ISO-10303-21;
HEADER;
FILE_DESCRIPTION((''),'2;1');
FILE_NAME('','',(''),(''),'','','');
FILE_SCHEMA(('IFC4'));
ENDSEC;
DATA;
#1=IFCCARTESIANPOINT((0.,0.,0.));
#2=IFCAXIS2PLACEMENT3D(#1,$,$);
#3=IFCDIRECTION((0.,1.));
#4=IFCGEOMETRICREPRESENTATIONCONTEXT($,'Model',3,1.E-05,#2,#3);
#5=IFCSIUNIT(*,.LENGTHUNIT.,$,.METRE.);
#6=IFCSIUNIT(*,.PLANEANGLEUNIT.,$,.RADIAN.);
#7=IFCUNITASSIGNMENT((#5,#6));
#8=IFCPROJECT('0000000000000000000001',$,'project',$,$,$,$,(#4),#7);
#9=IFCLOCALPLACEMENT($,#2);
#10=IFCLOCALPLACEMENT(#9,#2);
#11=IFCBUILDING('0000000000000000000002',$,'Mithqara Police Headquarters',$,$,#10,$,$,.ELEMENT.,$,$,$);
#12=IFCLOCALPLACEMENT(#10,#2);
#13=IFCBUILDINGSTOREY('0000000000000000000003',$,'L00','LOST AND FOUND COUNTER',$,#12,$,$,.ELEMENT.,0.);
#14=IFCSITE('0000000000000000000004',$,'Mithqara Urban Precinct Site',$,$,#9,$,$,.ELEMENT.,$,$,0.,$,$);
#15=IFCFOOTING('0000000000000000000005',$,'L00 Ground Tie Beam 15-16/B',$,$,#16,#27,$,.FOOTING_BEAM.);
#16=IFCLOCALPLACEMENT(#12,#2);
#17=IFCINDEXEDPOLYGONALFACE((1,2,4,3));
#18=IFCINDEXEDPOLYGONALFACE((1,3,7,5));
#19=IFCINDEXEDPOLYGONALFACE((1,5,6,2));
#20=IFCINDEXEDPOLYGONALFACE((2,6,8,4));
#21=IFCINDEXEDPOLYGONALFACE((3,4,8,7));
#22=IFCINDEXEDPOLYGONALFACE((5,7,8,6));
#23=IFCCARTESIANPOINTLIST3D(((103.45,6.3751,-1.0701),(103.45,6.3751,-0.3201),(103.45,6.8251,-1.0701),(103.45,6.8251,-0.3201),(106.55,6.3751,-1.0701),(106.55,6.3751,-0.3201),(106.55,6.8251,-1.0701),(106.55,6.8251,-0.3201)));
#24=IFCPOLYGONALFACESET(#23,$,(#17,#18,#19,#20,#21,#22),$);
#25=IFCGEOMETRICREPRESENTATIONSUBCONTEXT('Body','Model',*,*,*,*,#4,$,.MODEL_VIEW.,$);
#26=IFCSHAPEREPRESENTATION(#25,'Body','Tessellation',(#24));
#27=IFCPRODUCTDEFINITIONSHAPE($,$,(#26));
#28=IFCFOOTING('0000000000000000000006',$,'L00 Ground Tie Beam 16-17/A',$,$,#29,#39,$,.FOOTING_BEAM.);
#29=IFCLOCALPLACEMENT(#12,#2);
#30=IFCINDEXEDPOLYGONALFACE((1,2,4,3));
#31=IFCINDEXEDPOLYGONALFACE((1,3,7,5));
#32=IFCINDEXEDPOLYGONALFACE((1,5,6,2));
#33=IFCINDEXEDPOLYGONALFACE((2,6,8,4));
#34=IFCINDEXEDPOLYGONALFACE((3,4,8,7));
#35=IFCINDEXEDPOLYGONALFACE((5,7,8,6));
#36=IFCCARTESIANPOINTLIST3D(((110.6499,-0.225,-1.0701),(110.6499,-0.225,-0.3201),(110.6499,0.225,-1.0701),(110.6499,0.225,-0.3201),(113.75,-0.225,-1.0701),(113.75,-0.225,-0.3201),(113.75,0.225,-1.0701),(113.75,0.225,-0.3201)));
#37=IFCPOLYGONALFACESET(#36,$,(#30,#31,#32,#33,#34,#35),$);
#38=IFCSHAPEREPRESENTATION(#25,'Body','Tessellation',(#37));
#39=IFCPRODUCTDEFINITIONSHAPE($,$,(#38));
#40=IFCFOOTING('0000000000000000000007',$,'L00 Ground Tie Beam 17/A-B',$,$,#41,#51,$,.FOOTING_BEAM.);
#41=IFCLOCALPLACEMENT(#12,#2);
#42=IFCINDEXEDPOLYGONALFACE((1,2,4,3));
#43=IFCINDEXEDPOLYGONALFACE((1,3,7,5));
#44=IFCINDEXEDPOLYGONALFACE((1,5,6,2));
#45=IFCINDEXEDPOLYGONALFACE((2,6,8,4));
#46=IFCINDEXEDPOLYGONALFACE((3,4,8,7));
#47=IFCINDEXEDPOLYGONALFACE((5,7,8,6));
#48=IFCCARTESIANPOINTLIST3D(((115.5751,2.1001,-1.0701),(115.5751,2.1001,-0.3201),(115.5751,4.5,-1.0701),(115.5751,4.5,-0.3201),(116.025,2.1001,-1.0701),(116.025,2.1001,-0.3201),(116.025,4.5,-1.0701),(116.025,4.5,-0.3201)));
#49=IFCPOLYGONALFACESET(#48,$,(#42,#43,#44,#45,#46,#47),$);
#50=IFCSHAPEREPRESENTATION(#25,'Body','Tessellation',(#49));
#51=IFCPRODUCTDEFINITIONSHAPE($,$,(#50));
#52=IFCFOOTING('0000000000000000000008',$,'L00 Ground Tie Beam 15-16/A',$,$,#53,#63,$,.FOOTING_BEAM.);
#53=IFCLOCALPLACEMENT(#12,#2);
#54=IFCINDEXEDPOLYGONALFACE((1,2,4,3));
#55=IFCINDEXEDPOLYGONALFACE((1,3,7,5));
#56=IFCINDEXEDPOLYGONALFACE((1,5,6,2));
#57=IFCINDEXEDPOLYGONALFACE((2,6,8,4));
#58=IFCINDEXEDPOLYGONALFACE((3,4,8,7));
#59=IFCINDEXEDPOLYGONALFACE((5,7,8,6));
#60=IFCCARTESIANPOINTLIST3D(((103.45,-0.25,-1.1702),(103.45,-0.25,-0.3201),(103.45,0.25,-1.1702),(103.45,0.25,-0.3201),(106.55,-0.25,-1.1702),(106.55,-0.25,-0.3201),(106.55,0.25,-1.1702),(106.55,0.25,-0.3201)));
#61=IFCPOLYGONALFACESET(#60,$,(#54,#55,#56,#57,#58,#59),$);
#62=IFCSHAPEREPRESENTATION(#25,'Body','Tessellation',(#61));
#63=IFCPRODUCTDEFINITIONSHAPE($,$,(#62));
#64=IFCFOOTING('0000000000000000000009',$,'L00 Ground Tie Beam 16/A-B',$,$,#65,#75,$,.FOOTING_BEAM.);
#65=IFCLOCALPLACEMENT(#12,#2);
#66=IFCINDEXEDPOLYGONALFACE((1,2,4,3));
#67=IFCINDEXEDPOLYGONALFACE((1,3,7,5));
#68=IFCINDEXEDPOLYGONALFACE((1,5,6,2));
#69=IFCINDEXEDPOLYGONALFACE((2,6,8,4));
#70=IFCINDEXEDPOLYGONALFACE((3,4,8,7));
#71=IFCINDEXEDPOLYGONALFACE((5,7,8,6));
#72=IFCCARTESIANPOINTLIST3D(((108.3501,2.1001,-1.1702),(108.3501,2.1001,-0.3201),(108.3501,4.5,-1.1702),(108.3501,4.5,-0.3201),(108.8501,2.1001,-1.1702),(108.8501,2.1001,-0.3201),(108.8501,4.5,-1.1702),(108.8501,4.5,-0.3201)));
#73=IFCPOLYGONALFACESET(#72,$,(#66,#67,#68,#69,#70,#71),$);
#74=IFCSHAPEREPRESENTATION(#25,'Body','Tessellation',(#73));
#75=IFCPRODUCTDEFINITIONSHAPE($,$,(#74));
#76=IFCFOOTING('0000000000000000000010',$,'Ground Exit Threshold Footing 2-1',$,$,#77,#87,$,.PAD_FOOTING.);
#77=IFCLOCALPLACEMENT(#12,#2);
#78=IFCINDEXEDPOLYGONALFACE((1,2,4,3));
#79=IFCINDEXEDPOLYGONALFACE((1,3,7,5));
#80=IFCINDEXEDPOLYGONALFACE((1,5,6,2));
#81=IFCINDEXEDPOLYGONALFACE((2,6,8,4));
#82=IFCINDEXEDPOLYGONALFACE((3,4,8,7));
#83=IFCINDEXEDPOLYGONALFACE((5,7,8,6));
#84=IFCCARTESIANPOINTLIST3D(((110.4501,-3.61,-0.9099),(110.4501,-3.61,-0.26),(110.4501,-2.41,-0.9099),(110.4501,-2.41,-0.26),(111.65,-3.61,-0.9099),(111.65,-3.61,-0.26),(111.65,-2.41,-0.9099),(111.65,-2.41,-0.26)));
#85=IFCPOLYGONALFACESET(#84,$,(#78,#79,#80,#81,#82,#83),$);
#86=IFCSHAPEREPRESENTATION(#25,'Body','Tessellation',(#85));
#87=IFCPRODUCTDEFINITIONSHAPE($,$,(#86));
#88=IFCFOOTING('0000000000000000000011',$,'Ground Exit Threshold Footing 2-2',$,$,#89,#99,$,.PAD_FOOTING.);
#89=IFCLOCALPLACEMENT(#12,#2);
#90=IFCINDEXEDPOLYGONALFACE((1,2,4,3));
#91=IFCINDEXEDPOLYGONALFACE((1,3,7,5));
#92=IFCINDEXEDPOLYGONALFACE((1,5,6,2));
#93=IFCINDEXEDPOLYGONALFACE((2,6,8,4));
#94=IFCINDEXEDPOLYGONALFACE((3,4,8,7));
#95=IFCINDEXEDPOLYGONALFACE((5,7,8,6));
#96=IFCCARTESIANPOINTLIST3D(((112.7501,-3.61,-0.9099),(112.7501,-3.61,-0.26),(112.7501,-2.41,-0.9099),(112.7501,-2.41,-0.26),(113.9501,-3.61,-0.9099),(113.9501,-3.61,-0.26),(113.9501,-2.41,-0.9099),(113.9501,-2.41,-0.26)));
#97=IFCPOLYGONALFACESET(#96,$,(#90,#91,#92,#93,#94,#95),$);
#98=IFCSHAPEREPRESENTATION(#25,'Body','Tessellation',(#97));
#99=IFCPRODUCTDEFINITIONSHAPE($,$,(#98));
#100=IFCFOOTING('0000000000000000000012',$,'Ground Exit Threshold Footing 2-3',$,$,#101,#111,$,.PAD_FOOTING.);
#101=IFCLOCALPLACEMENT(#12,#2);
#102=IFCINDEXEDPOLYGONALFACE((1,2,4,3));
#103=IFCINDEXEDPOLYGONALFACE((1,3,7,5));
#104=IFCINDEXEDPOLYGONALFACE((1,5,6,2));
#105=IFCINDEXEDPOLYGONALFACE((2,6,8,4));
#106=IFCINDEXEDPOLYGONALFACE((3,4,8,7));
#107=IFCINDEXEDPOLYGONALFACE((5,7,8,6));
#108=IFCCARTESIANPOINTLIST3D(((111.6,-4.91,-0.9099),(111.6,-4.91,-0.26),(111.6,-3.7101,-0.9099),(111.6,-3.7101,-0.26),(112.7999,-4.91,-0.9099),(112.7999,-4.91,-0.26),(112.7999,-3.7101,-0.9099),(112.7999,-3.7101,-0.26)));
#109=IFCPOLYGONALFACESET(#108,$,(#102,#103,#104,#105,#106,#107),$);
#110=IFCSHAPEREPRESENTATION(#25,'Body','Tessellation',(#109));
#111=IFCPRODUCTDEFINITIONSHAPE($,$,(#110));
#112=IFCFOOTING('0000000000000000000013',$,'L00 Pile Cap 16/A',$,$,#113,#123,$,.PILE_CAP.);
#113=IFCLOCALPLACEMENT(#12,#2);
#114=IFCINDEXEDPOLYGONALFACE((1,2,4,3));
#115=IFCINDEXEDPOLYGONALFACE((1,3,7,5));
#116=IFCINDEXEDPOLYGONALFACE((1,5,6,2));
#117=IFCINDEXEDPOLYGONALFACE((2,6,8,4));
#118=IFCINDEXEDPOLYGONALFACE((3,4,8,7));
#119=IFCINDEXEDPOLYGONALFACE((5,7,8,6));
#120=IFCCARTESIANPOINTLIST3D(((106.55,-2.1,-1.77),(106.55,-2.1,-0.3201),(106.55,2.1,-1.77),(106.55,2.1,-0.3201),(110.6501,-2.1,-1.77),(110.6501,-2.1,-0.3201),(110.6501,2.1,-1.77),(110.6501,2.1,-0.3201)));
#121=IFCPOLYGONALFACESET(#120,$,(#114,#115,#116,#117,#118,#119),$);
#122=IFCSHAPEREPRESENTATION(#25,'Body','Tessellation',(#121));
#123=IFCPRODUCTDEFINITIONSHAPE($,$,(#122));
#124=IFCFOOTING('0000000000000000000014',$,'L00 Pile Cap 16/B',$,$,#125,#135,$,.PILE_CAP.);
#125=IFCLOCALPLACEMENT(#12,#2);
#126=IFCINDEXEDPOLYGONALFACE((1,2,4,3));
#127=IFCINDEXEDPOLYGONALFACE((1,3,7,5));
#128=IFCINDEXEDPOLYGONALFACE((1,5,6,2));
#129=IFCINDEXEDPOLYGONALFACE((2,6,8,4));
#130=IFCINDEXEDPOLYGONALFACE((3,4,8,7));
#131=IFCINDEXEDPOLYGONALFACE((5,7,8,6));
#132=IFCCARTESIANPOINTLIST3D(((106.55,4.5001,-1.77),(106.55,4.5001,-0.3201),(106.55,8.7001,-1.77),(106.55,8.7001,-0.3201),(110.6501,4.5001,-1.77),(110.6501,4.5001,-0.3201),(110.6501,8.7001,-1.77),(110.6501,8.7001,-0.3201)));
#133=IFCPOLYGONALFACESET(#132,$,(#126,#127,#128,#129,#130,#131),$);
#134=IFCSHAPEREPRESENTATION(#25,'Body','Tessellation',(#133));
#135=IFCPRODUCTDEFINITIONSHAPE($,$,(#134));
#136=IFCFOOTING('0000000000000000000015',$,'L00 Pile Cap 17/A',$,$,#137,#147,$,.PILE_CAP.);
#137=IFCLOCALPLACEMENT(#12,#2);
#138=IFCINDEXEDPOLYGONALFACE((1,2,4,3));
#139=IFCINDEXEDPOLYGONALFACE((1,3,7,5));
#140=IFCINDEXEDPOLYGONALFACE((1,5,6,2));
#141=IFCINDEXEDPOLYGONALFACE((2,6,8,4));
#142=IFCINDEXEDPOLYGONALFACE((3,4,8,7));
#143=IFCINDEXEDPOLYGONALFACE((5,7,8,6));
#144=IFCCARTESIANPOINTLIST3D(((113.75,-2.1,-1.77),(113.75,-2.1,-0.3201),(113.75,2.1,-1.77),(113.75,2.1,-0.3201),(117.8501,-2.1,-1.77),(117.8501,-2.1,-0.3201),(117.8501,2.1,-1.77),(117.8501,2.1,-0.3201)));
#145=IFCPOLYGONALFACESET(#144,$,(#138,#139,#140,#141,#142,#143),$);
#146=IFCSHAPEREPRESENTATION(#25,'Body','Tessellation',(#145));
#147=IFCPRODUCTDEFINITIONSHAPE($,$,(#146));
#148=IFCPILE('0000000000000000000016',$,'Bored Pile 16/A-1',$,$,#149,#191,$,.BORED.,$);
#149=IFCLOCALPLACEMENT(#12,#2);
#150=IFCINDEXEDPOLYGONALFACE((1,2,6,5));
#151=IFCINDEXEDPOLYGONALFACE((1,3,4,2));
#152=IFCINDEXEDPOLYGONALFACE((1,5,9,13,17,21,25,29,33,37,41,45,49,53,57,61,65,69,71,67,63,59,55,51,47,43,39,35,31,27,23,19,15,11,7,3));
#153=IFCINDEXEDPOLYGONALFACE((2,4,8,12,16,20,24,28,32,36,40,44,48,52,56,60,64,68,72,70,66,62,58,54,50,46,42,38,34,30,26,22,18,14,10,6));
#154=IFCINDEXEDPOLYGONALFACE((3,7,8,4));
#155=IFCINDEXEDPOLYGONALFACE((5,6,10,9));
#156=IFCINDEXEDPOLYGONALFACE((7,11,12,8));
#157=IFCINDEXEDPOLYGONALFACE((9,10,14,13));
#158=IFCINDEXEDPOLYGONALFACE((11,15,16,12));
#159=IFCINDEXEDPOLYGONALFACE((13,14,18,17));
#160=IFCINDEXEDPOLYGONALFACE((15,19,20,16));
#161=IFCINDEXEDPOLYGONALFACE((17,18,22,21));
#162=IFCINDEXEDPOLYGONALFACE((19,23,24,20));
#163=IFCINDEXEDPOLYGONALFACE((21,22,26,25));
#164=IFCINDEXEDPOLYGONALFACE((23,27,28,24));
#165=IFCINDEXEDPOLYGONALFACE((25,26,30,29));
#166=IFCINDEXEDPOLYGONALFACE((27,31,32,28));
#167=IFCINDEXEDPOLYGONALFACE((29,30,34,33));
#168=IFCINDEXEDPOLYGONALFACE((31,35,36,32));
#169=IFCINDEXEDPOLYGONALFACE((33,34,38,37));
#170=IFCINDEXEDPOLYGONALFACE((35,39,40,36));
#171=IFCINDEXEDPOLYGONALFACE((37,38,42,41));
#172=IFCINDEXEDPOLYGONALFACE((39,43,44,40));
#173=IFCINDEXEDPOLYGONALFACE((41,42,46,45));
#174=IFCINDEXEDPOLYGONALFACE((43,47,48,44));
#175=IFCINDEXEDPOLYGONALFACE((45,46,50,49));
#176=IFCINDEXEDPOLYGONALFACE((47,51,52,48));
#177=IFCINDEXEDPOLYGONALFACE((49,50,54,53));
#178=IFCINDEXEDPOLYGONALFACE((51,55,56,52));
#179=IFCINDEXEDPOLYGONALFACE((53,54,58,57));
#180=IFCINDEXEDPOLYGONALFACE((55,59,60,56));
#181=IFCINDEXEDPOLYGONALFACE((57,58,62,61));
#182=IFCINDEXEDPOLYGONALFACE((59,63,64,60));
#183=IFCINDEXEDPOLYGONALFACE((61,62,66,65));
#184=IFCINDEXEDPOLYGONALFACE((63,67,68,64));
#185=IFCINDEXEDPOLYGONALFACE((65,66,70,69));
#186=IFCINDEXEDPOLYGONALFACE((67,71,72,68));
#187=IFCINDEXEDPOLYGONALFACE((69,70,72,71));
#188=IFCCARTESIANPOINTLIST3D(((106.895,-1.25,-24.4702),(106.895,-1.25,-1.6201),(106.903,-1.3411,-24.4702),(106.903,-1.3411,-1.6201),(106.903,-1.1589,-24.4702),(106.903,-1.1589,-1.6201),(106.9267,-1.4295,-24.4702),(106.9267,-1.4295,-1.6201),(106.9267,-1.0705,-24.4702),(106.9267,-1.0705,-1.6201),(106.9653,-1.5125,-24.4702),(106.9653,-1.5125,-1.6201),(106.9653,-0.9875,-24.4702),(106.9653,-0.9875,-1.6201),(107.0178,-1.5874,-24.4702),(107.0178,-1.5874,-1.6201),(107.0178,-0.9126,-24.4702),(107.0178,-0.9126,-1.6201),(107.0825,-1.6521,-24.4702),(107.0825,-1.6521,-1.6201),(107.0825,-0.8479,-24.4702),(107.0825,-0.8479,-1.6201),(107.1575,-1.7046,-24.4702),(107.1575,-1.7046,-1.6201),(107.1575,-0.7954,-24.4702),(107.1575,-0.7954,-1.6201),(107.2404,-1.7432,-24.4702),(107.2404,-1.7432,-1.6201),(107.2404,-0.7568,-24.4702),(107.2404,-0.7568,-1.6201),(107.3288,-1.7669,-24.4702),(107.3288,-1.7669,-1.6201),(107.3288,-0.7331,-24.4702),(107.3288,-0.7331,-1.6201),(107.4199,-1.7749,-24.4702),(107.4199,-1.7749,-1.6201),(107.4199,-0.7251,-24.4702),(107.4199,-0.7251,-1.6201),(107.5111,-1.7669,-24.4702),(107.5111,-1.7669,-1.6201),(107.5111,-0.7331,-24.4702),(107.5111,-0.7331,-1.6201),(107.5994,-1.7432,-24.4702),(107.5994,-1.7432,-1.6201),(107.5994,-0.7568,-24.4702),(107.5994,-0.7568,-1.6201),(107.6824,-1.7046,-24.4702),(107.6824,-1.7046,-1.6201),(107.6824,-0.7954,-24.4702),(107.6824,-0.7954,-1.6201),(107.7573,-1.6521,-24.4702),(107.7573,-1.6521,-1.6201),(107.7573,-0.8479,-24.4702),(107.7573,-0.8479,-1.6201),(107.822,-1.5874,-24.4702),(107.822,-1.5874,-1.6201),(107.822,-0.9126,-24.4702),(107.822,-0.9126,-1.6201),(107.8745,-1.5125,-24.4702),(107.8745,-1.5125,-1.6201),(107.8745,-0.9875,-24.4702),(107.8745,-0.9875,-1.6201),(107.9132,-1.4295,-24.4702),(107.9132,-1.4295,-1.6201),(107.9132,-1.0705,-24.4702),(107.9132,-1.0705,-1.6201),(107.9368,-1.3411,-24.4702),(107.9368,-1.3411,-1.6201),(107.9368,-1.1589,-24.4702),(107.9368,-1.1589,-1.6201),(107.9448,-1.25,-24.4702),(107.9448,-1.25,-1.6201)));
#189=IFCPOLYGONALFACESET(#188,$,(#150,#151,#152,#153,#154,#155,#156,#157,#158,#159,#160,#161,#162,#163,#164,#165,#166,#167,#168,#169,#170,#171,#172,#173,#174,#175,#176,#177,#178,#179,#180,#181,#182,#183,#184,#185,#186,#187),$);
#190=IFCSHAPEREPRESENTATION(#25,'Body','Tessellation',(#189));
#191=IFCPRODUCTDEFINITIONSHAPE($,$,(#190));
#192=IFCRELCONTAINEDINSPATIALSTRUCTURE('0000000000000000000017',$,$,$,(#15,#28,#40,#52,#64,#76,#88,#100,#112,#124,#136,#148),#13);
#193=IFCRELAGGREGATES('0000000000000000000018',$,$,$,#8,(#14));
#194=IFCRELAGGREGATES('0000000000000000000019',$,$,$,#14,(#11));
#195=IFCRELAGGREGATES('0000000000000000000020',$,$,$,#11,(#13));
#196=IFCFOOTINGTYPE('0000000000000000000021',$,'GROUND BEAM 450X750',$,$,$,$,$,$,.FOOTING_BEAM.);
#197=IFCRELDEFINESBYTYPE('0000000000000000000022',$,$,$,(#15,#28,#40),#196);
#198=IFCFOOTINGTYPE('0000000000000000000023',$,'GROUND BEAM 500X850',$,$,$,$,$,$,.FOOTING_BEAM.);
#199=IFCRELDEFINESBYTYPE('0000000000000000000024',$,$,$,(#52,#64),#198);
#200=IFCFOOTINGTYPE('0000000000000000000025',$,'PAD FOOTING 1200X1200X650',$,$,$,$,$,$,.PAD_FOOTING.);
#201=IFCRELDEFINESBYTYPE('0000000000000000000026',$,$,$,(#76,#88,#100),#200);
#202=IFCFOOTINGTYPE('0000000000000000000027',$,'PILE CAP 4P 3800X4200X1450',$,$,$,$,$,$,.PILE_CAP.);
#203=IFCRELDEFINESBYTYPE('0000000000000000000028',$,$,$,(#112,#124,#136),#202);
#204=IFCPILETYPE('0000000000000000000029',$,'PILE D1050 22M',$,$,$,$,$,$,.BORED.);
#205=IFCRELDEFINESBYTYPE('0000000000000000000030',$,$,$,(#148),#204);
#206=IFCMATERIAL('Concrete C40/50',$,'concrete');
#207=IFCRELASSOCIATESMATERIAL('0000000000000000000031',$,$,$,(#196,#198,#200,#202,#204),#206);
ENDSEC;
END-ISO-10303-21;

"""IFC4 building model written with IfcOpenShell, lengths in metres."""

from ifc_helpers import new_model, si_unit, direction, frame, origin, origin_2d, place, context, subcontext, project, spatial, rectangle, circle, extrude, material, material_profile, profile_set, type_object, element, save


model = new_model("IFC4")

# Units and contexts
model_context = context("Model", 3, precision=1e-05, world=origin(), true_north=direction((0.0, 1.0)))
body_context = subcontext(model_context, "Body", "Model", "MODEL_VIEW")
ifc_project = project(units=[si_unit("LENGTHUNIT", "METRE"), si_unit("PLANEANGLEUNIT", "RADIAN")], contexts=[model_context])

# Site, building, storey
site_placement = place(None, origin())
site = spatial("IfcSite", under=ifc_project, at=site_placement, Name="Mithqara Urban Precinct Site", CompositionType="ELEMENT", RefElevation=0.0)
building_placement = place(site_placement, origin())
building = spatial("IfcBuilding", under=site, at=building_placement, Name="Mithqara Police Headquarters", CompositionType="ELEMENT")
storey_placement = place(building_placement, origin())
storey = spatial("IfcBuildingStorey", under=building, at=storey_placement, Name="L00", Description="LOST AND FOUND COUNTER", CompositionType="ELEMENT", Elevation=0.0)

# Footings
ifc_material_1 = material(Name="Concrete C40/50", Category="concrete")
footing_type_1 = type_object("IfcFootingType", Name="GROUND BEAM 450X750", PredefinedType="FOOTING_BEAM", material=ifc_material_1)
for number, where, z_axis, x_axis, name in (
    (1, (105.0, 6.6001, -1.0701), (0.0, 0.0, 1.0), (1.0, 0.0, 0.0), "L00 Ground Tie Beam 15-16/B"),
    (2, (112.2, 0.0, -1.0701), (0.0, 0.0, 1.0), (1.0, 0.0, 0.0), "L00 Ground Tie Beam 16-17/A"),
):
    element("IfcFooting", number, at=place(storey_placement, frame(where, z_axis=z_axis, x_axis=x_axis)), inside=storey, type_object=footing_type_1, Name=name, PredefinedType="FOOTING_BEAM", context=body_context, shape_type="SweptSolid", body=[
        extrude(rectangle(XDim=3.1001, YDim=0.45, at=origin_2d()), origin(), (0.0, 0.0, 1.0), 0.75),
    ])
footing_1_placement = place(storey_placement, frame((115.8, 3.3, -1.0701), z_axis=(0.0, 0.0, 1.0), x_axis=(1.0, 0.0, 0.0)))
element("IfcFooting", 3, at=footing_1_placement, inside=storey, type_object=footing_type_1, Name="L00 Ground Tie Beam 17/A-B", PredefinedType="FOOTING_BEAM", context=body_context, shape_type="SweptSolid", body=[
    extrude(rectangle(XDim=0.45, YDim=2.3999, at=origin_2d()), origin(), (0.0, 0.0, 1.0), 0.75),
])
footing_type_2 = type_object("IfcFootingType", Name="GROUND BEAM 500X850", PredefinedType="FOOTING_BEAM", material=ifc_material_1)
footing_2_placement = place(storey_placement, frame((105.0, 0.0, -1.1702), z_axis=(0.0, 0.0, 1.0), x_axis=(1.0, 0.0, 0.0)))
element("IfcFooting", 4, at=footing_2_placement, inside=storey, type_object=footing_type_2, Name="L00 Ground Tie Beam 15-16/A", PredefinedType="FOOTING_BEAM", context=body_context, shape_type="SweptSolid", body=[
    extrude(rectangle(XDim=3.1001, YDim=0.5, at=origin_2d()), origin(), (0.0, 0.0, 1.0), 0.8501),
])
footing_3_placement = place(storey_placement, frame((108.6001, 3.3, -1.1702), z_axis=(0.0, 0.0, 1.0), x_axis=(1.0, 0.0, 0.0)))
element("IfcFooting", 5, at=footing_3_placement, inside=storey, type_object=footing_type_2, Name="L00 Ground Tie Beam 16/A-B", PredefinedType="FOOTING_BEAM", context=body_context, shape_type="SweptSolid", body=[
    extrude(rectangle(XDim=0.5, YDim=2.3999, at=origin_2d()), origin(), (0.0, 0.0, 1.0), 0.8501),
])
footing_type_3 = type_object("IfcFootingType", Name="PAD FOOTING 1200X1200X650", PredefinedType="PAD_FOOTING", material=ifc_material_1)
for number, where, z_axis, x_axis, name in (
    (6, (111.05, -3.01, -0.9099), (0.0, 0.0, 1.0), (1.0, 0.0, 0.0), "Ground Exit Threshold Footing 2-1"),
    (7, (113.3501, -3.01, -0.9099), (0.0, 0.0, 1.0), (1.0, 0.0, 0.0), "Ground Exit Threshold Footing 2-2"),
    (8, (112.2, -4.3101, -0.9099), (0.0, 0.0, 1.0), (1.0, 0.0, 0.0), "Ground Exit Threshold Footing 2-3"),
):
    element("IfcFooting", number, at=place(storey_placement, frame(where, z_axis=z_axis, x_axis=x_axis)), inside=storey, type_object=footing_type_3, Name=name, PredefinedType="PAD_FOOTING", context=body_context, shape_type="SweptSolid", body=[
        extrude(rectangle(XDim=1.2, YDim=1.2, at=origin_2d()), origin(), (0.0, 0.0, 1.0), 0.6499),
    ])
footing_type_4 = type_object("IfcFootingType", Name="PILE CAP 4P 3800X4200X1450", PredefinedType="PILE_CAP", material=ifc_material_1)
for number, where, z_axis, x_axis, name in (
    (9, (108.6001, 0.0, -1.77), (0.0, 0.0, 1.0), (1.0, 0.0, 0.0), "L00 Pile Cap 16/A"),
    (10, (108.6001, 6.6001, -1.77), (0.0, 0.0, 1.0), (1.0, 0.0, 0.0), "L00 Pile Cap 16/B"),
    (11, (115.8, 0.0, -1.77), (0.0, 0.0, 1.0), (1.0, 0.0, 0.0), "L00 Pile Cap 17/A"),
):
    element("IfcFooting", number, at=place(storey_placement, frame(where, z_axis=z_axis, x_axis=x_axis)), inside=storey, type_object=footing_type_4, Name=name, PredefinedType="PILE_CAP", context=body_context, shape_type="SweptSolid", body=[
        extrude(rectangle(XDim=4.1001, YDim=4.2, at=origin_2d()), origin(), (0.0, 0.0, 1.0), 1.45),
    ])

# Pile
ifc_material_profile_1 = material_profile(ifc_material_1, circle(Radius=0.5249, at=origin_2d()), Name="PILE D1050")
ifc_profile_set_1 = profile_set([ifc_material_profile_1], Name="Concrete C40/50")
pile_type = type_object("IfcPileType", Name="PILE D1050 22M", PredefinedType="BORED", material=ifc_profile_set_1)
for number, where, z_axis, x_axis, name in (
    (12, (107.4199, -1.25, -1.6201), (0.0, 0.0, -1.0), (1.0, 0.0, 0.0), "Bored Pile 16/A-1"),
):
    element("IfcPile", number, at=place(storey_placement, frame(where, z_axis=z_axis, x_axis=x_axis)), inside=storey, type_object=pile_type, Name=name, PredefinedType="BORED", context=body_context, shape_type="SweptSolid", body=[
        extrude(circle(Radius=0.5249, at=origin_2d()), origin(), (0.0, 0.0, 1.0), 22.8501),
    ])

save(model, "model.ifc")
